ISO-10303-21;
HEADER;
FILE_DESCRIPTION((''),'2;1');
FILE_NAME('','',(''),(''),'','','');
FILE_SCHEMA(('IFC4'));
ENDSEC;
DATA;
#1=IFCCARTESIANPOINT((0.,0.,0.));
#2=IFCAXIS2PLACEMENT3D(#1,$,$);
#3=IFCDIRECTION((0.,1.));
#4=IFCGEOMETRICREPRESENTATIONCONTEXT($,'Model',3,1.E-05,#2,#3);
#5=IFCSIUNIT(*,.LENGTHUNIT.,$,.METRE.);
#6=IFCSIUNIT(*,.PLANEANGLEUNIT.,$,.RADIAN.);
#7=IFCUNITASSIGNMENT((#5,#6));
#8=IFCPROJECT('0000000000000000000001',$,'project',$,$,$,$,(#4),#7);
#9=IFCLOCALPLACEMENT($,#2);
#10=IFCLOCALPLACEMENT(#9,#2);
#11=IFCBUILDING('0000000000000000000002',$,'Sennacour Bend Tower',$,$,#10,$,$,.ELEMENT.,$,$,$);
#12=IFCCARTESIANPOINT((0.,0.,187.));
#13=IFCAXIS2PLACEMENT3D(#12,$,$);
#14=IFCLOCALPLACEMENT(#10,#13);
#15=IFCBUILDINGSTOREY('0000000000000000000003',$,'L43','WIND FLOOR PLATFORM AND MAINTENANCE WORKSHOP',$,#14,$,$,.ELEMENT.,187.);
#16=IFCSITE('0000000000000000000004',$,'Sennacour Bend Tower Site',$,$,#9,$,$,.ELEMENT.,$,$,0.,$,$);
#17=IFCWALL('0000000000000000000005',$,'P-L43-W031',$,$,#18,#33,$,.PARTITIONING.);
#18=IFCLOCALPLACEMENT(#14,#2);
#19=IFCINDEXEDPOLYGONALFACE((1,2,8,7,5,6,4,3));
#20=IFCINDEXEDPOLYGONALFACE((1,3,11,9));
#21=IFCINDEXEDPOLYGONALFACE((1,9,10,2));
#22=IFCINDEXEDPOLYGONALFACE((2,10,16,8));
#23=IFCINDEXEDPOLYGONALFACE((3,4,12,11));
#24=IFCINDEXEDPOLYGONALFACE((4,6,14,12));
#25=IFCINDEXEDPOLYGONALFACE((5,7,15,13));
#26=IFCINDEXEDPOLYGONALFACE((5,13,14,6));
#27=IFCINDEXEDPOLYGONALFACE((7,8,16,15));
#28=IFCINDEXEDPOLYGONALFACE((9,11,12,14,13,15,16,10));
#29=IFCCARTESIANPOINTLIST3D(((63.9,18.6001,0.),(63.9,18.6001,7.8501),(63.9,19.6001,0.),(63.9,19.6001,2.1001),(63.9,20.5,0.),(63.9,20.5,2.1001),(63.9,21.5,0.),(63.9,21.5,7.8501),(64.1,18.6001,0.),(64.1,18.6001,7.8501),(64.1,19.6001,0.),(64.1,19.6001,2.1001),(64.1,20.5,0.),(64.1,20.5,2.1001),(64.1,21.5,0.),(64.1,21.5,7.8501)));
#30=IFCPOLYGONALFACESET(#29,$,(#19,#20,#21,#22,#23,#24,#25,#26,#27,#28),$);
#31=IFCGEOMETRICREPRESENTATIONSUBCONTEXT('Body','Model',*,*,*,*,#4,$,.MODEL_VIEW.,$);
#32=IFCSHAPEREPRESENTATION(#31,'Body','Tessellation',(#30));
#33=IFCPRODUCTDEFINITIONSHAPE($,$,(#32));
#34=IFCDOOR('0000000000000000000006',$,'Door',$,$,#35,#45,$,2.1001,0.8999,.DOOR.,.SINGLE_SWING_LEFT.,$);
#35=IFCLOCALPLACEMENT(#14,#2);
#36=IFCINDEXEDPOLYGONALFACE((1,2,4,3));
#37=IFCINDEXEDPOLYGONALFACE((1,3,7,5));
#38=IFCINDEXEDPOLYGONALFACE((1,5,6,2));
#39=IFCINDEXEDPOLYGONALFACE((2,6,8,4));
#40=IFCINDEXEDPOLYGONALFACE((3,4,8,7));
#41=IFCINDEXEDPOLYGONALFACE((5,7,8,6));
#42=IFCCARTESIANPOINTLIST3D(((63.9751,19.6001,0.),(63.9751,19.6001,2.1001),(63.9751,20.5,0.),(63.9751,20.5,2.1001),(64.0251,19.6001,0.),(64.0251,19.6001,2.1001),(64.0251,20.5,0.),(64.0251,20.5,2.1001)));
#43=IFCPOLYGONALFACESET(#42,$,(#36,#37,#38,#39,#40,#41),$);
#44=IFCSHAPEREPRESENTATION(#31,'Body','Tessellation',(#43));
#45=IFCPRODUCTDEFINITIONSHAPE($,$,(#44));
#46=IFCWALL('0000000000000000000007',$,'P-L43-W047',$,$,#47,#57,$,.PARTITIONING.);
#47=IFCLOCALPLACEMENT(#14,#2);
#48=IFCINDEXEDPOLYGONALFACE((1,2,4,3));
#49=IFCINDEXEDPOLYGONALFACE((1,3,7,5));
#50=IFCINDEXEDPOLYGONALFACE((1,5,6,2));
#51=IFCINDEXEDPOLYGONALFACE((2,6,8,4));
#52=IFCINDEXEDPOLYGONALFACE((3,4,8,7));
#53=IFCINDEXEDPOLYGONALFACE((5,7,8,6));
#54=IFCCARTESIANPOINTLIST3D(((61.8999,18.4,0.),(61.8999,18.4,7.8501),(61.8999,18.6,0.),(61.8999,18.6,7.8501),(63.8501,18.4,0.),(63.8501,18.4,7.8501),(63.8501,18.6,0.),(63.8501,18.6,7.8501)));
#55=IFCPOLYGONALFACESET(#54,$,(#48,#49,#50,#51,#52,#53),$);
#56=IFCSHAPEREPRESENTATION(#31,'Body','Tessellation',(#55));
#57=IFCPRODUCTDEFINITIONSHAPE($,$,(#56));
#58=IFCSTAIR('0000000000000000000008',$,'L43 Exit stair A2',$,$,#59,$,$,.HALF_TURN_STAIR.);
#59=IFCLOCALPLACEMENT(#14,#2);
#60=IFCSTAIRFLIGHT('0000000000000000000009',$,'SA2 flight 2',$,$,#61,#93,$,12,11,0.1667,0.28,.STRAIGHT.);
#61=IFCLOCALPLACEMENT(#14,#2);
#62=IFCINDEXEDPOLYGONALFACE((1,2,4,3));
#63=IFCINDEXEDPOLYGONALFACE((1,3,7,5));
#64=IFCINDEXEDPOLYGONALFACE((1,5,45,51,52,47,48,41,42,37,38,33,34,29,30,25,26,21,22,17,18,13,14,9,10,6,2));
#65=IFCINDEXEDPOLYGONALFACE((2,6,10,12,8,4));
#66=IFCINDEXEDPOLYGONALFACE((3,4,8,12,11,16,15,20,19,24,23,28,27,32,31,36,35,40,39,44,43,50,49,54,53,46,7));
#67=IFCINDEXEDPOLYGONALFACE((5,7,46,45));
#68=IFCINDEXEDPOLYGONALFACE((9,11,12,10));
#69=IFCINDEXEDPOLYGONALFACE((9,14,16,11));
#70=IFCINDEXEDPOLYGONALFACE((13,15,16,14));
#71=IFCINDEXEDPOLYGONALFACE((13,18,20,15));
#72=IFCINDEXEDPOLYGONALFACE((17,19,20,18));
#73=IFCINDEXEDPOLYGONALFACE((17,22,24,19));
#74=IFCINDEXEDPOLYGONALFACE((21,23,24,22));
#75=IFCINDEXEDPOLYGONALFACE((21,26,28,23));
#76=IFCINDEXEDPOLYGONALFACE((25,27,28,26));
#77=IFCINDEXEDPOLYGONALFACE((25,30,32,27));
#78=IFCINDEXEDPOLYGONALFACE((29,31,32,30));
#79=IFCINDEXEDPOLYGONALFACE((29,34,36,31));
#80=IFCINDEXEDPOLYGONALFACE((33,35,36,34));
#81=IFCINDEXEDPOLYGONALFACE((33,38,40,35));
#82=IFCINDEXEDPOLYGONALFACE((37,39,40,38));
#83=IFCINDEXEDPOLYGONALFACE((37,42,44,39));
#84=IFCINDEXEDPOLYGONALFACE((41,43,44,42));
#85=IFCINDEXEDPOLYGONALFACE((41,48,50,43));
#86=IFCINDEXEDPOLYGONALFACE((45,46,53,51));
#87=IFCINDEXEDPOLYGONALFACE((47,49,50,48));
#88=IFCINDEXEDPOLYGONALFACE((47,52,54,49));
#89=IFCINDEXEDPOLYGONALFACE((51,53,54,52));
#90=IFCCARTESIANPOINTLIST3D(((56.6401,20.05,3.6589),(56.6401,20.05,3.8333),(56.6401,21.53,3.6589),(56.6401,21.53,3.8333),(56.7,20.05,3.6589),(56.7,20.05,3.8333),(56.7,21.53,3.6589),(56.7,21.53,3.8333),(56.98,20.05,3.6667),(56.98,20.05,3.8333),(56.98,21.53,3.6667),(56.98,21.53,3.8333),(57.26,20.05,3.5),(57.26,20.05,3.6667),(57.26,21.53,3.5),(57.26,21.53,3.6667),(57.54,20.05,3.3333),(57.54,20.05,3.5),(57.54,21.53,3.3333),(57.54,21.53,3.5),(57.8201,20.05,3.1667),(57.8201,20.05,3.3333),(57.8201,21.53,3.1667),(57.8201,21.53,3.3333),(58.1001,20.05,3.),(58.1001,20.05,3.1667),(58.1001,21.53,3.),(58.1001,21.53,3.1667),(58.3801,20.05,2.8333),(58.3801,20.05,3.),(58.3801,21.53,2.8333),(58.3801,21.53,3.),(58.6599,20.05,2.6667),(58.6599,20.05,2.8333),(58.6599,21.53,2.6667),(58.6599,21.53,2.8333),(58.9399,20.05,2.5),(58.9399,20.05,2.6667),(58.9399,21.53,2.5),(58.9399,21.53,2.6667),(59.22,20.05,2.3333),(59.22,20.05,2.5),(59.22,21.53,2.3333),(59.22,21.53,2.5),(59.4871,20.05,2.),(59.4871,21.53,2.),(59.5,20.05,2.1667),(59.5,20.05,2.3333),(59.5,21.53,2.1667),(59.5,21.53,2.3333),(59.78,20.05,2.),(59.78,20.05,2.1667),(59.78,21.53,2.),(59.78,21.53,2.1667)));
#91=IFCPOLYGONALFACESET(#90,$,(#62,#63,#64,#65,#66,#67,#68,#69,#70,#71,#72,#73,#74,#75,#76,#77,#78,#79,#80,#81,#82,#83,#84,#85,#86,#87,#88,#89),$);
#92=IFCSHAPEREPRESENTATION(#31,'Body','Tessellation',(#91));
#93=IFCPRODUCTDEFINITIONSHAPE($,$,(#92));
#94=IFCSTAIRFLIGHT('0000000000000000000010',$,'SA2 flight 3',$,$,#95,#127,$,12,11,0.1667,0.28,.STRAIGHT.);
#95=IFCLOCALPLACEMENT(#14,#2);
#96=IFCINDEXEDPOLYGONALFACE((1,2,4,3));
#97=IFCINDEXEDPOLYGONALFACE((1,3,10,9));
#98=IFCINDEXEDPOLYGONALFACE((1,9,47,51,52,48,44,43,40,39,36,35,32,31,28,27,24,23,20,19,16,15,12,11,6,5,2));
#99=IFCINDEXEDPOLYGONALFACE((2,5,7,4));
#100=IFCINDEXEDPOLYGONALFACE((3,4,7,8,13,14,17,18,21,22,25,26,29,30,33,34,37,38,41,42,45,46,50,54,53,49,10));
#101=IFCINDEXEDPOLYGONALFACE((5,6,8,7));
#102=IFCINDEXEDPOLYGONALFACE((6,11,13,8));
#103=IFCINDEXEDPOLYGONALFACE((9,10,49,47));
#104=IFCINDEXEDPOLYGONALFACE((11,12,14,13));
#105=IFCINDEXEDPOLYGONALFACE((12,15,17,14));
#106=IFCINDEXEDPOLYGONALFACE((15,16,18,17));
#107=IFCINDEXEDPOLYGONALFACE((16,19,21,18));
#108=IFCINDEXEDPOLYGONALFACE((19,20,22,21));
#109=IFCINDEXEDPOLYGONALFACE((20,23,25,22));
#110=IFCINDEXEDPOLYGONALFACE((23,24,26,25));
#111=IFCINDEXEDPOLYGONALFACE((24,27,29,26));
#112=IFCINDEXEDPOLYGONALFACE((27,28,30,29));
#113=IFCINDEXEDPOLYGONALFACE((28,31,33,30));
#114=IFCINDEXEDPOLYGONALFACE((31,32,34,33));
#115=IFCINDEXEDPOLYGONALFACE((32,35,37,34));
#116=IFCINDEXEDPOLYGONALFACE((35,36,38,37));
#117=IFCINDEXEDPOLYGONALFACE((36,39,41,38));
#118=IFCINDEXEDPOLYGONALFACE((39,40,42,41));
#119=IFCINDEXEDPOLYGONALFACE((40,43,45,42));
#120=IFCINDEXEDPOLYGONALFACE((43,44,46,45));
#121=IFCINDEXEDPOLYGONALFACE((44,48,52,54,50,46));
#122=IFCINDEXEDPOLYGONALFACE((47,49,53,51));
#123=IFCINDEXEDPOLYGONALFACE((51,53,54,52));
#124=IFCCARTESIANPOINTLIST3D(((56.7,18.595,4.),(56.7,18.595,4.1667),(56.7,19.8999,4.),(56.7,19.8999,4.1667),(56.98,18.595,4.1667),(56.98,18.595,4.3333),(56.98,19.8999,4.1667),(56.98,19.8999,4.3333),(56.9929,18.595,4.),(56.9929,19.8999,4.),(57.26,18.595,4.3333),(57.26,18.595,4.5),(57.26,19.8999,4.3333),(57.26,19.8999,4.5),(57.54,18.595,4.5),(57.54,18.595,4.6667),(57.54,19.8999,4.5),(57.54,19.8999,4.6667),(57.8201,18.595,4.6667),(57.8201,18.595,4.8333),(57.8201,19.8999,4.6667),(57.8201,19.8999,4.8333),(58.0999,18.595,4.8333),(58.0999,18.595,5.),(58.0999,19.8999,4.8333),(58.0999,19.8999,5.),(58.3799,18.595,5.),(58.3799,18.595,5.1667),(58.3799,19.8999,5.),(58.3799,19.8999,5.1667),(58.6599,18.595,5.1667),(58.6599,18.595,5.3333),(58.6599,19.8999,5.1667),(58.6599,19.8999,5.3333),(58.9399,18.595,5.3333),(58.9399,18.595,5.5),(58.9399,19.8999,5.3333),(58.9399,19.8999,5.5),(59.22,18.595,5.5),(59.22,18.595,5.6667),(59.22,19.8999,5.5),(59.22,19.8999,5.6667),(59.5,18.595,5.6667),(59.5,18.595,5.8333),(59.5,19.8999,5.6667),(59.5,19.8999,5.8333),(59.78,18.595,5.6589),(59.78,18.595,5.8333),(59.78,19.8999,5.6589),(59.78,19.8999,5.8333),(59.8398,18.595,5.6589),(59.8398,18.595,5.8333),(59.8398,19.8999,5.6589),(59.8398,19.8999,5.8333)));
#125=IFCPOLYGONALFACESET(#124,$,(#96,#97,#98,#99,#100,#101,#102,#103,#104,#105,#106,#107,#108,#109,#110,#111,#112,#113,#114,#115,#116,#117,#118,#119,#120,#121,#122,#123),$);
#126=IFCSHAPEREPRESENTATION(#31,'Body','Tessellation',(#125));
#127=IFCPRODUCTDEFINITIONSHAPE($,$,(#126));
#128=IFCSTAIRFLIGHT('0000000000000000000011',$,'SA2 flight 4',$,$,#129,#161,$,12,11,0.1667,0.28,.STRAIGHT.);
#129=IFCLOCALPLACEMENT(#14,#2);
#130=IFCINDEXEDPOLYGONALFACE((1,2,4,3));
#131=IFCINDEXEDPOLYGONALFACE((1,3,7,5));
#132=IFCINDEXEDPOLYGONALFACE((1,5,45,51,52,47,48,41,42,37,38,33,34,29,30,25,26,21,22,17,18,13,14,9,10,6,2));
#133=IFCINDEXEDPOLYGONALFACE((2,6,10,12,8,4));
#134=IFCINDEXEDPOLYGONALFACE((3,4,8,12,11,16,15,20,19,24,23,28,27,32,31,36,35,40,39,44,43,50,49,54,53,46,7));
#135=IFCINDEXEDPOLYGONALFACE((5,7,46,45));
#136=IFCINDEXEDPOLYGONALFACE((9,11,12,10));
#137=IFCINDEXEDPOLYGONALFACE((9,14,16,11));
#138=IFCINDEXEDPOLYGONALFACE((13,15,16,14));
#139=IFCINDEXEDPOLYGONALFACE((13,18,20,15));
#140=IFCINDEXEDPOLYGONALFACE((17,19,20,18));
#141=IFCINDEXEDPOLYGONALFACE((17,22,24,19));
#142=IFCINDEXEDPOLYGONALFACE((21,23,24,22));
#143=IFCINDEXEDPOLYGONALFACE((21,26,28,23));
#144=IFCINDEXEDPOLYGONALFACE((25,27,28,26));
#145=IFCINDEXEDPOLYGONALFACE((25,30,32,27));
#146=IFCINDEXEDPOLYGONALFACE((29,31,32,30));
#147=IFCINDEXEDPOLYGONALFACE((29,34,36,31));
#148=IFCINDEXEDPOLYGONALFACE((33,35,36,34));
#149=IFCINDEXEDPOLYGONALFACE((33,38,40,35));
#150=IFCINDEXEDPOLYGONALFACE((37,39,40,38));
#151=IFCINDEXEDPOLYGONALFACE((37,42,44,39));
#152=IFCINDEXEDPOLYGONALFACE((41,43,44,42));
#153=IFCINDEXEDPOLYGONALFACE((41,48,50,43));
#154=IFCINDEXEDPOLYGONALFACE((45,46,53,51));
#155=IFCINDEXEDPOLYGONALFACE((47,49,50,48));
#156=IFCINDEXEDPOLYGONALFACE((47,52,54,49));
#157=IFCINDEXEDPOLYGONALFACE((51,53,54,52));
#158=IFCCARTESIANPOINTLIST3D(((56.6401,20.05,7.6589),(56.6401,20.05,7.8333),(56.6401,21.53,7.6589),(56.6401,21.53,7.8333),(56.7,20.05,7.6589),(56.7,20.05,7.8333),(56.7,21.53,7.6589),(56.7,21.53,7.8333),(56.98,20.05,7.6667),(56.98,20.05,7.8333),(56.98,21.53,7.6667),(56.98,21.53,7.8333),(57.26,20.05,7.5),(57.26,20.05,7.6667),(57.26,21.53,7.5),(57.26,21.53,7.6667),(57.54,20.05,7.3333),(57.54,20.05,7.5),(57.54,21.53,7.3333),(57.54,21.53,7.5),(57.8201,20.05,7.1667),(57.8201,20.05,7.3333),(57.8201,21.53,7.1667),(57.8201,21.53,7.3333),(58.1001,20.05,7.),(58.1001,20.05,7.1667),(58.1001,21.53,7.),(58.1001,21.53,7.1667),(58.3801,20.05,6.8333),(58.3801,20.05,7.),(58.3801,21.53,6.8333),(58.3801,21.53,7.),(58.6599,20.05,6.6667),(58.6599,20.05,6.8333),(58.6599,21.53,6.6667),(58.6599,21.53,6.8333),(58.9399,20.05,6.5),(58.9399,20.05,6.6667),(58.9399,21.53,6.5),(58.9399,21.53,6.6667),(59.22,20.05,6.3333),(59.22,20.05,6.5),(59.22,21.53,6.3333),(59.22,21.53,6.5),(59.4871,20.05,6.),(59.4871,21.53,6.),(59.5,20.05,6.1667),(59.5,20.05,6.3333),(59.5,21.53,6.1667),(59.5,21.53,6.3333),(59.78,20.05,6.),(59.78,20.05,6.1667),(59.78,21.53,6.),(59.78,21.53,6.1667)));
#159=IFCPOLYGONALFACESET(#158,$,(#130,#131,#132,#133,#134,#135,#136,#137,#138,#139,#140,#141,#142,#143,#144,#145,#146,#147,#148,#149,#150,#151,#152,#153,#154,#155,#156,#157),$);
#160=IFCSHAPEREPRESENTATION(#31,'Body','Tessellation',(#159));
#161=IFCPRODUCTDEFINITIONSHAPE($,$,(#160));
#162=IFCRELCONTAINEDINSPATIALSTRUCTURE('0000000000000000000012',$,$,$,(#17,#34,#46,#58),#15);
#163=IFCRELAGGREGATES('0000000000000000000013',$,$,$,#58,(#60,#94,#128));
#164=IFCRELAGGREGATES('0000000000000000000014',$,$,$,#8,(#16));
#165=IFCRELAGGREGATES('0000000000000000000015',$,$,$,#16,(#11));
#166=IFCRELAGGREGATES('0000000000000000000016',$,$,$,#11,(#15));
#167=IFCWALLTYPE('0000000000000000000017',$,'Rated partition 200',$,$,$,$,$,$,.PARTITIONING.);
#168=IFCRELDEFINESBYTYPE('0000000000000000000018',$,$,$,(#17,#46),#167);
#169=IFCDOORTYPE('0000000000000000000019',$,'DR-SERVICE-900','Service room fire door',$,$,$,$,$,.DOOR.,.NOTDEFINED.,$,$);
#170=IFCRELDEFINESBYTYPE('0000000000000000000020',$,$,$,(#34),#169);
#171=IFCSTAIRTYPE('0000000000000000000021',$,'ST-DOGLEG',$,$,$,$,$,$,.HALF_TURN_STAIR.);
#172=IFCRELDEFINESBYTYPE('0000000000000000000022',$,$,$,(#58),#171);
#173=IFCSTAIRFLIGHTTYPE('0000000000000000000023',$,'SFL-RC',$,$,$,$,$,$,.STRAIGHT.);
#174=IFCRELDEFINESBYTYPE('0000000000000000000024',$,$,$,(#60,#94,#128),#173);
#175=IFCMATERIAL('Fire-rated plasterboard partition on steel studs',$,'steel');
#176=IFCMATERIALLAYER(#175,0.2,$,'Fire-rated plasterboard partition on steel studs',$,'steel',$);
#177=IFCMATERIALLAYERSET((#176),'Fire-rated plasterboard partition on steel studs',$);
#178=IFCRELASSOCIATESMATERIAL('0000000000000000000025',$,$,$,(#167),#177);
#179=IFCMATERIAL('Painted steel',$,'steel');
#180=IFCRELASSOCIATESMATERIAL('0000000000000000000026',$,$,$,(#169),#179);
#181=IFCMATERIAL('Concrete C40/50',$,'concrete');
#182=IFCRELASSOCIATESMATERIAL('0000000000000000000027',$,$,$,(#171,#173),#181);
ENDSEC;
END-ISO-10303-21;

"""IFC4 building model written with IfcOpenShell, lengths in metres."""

from ifc_helpers import new_model, si_unit, direction, frame, frame_2d, origin, place, context, subcontext, project, spatial, polyline, rectangle, outline, extrude, material, layer, layer_set, type_object, element, fill, aggregate, save


model = new_model("IFC4")

# Units and contexts
model_context = context("Model", 3, precision=1e-05, world=origin(), true_north=direction((0.0, 1.0)))
body_context = subcontext(model_context, "Body", "Model", "MODEL_VIEW")
ifc_project = project(units=[si_unit("LENGTHUNIT", "METRE"), si_unit("PLANEANGLEUNIT", "RADIAN")], contexts=[model_context])

# Site, building, storey
site_placement = place(None, origin())
site = spatial("IfcSite", under=ifc_project, at=site_placement, Name="Sennacour Bend Tower Site", CompositionType="ELEMENT", RefElevation=0.0)
building_placement = place(site_placement, origin())
building = spatial("IfcBuilding", under=site, at=building_placement, Name="Sennacour Bend Tower", CompositionType="ELEMENT")
storey_placement = place(building_placement, frame((0.0, 0.0, 187.0)))
storey = spatial("IfcBuildingStorey", under=building, at=storey_placement, Name="L43", Description="WIND FLOOR PLATFORM AND MAINTENANCE WORKSHOP", CompositionType="ELEMENT", Elevation=187.0)

# Wall, opening, door
ifc_material_1 = material(Name="Fire-rated plasterboard partition on steel studs", Category="steel")
ifc_layer = layer(ifc_material_1, 0.2, Name="Fire-rated plasterboard partition on steel studs", Category="steel")
ifc_layer_set = layer_set([ifc_layer], Name="Fire-rated plasterboard partition on steel studs")
wall_type = type_object("IfcWallType", Name="Rated partition 200", PredefinedType="PARTITIONING", material=ifc_layer_set)
wall_1_placement = place(storey_placement, frame((64.0, 18.6001, 0.0), z_axis=(0.0, 0.0, 1.0), x_axis=(0.0, 1.0, 0.0)))
wall_1 = element("IfcWall", 1, at=wall_1_placement, inside=storey, type_object=wall_type, Name="P-L43-W031", PredefinedType="PARTITIONING", context=body_context, shape_type="SweptSolid", body=[
    extrude(rectangle(XDim=2.8999, YDim=0.2, at=frame_2d((1.45, 0.0))), origin(), (0.0, 0.0, 1.0), 7.8501),
])
opening_placement = place(wall_1_placement, frame((1.0, 0.0, 0.0)))
opening = element("IfcOpeningElement", 2, at=opening_placement, cuts=wall_1, PredefinedType="OPENING", context=body_context, shape_type="SweptSolid", body=[
    extrude(rectangle(XDim=0.8999, YDim=2.1001, at=frame_2d((0.45, 1.05))), frame((0.0, 0.1099, 0.0), z_axis=(0.0, -1.0, 0.0), x_axis=(1.0, 0.0, 0.0)), (0.0, 0.0, 1.0), 0.22),
])
ifc_material_2 = material(Name="Painted steel", Category="steel")
door_type = type_object("IfcDoorType", Name="DR-SERVICE-900", Description="Service room fire door", OperationType="NOTDEFINED", PredefinedType="DOOR", material=ifc_material_2)
door_placement = place(opening_placement, origin())
door = element("IfcDoor", 3, at=door_placement, inside=storey, type_object=door_type, Name="Door", OperationType="SINGLE_SWING_LEFT", OverallHeight=2.1001, OverallWidth=0.8999, PredefinedType="DOOR", context=body_context, shape_type="SweptSolid", body=[
    extrude(rectangle(XDim=0.8999, YDim=2.1001, at=frame_2d((0.45, 1.05))), frame((0.0, 0.0249, 0.0), z_axis=(0.0, -1.0, 0.0), x_axis=(1.0, 0.0, 0.0)), (0.0, 0.0, 1.0), 0.05),
])
fill(opening, door)

# Wall
wall_2_placement = place(storey_placement, frame((61.8999, 18.5, 0.0), z_axis=(0.0, 0.0, 1.0), x_axis=(1.0, 0.0, 0.0)))
element("IfcWall", 4, at=wall_2_placement, inside=storey, type_object=wall_type, Name="P-L43-W047", PredefinedType="PARTITIONING", context=body_context, shape_type="SweptSolid", body=[
    extrude(rectangle(XDim=1.9502, YDim=0.2, at=frame_2d((0.9751, 0.0))), origin(), (0.0, 0.0, 1.0), 7.8501),
])

# Stair, stair flights
ifc_material_3 = material(Name="Concrete C40/50", Category="concrete")
stair_type = type_object("IfcStairType", Name="ST-DOGLEG", PredefinedType="HALF_TURN_STAIR", material=ifc_material_3)
stair_placement = place(storey_placement, origin())
stair = element("IfcStair", 5, at=stair_placement, inside=storey, type_object=stair_type, Name="L43 Exit stair A2", PredefinedType="HALF_TURN_STAIR")
stair_flight_type = type_object("IfcStairFlightType", Name="SFL-RC", PredefinedType="STRAIGHT", material=ifc_material_3)
stair_flight_1_placement = place(storey_placement, frame((59.78, 20.79, 2.0), z_axis=(0.0, 0.0, 1.0), x_axis=(-1.0, 0.0, 0.0)))
stair_flight_1 = element("IfcStairFlight", 6, at=stair_flight_1_placement, type_object=stair_flight_type, Name="SA2 flight 2", NumberOfRisers=12, NumberOfTreads=11, PredefinedType="STRAIGHT", RiserHeight=0.1667, TreadLength=0.28, context=body_context, shape_type="SweptSolid", body=[
    extrude(outline(polyline([(0.0, 0.0), (0.0, 0.1667), (0.28, 0.1667), (0.28, 0.3333), (0.5601, 0.3333), (0.5601, 0.5), (0.8401, 0.5), (0.8401, 0.6667), (1.1201, 0.6667), (1.1201, 0.8333), (1.3999, 0.8333), (1.3999, 1.0), (1.6799, 1.0), (1.6799, 1.1667), (1.96, 1.1667), (1.96, 1.3333), (2.24, 1.3333), (2.24, 1.5), (2.52, 1.5), (2.52, 1.6667), (2.8, 1.6667), (2.8, 1.8333), (3.0801, 1.8333), (3.1399, 1.8333), (3.1399, 1.6589), (3.0801, 1.6589), (0.293, 0.0), (0.0, 0.0)])), frame((0.0, 0.74, 0.0), z_axis=(0.0, -1.0, 0.0), x_axis=(1.0, 0.0, 0.0)), (0.0, 0.0, 1.0), 1.48),
])
stair_flight_2_placement = place(storey_placement, frame((56.7, 19.2476, 4.0), z_axis=(0.0, 0.0, 1.0), x_axis=(1.0, 0.0, 0.0)))
stair_flight_2 = element("IfcStairFlight", 7, at=stair_flight_2_placement, type_object=stair_flight_type, Name="SA2 flight 3", NumberOfRisers=12, NumberOfTreads=11, PredefinedType="STRAIGHT", RiserHeight=0.1667, TreadLength=0.28, context=body_context, shape_type="SweptSolid", body=[
    extrude(outline(polyline([(0.0, 0.0), (0.0, 0.1667), (0.28, 0.1667), (0.28, 0.3333), (0.5601, 0.3333), (0.5601, 0.5), (0.8401, 0.5), (0.8401, 0.6667), (1.1201, 0.6667), (1.1201, 0.8333), (1.3999, 0.8333), (1.3999, 1.0), (1.6799, 1.0), (1.6799, 1.1667), (1.96, 1.1667), (1.96, 1.3333), (2.24, 1.3333), (2.24, 1.5), (2.52, 1.5), (2.52, 1.6667), (2.8, 1.6667), (2.8, 1.8333), (3.0801, 1.8333), (3.1399, 1.8333), (3.1399, 1.6589), (3.0801, 1.6589), (0.293, 0.0), (0.0, 0.0)])), frame((0.0, 0.6523, 0.0), z_axis=(0.0, -1.0, 0.0), x_axis=(1.0, 0.0, 0.0)), (0.0, 0.0, 1.0), 1.3049),
])
stair_flight_3_placement = place(storey_placement, frame((59.78, 20.79, 6.0), z_axis=(0.0, 0.0, 1.0), x_axis=(-1.0, 0.0, 0.0)))
stair_flight_3 = element("IfcStairFlight", 8, at=stair_flight_3_placement, type_object=stair_flight_type, Name="SA2 flight 4", NumberOfRisers=12, NumberOfTreads=11, PredefinedType="STRAIGHT", RiserHeight=0.1667, TreadLength=0.28, context=body_context, shape_type="SweptSolid", body=[
    extrude(outline(polyline([(0.0, 0.0), (0.0, 0.1667), (0.28, 0.1667), (0.28, 0.3333), (0.5601, 0.3333), (0.5601, 0.5), (0.8401, 0.5), (0.8401, 0.6667), (1.1201, 0.6667), (1.1201, 0.8333), (1.3999, 0.8333), (1.3999, 1.0), (1.6799, 1.0), (1.6799, 1.1667), (1.96, 1.1667), (1.96, 1.3333), (2.24, 1.3333), (2.24, 1.5), (2.52, 1.5), (2.52, 1.6667), (2.8, 1.6667), (2.8, 1.8333), (3.0801, 1.8333), (3.1399, 1.8333), (3.1399, 1.6589), (3.0801, 1.6589), (0.293, 0.0), (0.0, 0.0)])), frame((0.0, 0.74, 0.0), z_axis=(0.0, -1.0, 0.0), x_axis=(1.0, 0.0, 0.0)), (0.0, 0.0, 1.0), 1.48),
])
aggregate(stair, [stair_flight_1, stair_flight_2, stair_flight_3])

save(model, "model.ifc")
